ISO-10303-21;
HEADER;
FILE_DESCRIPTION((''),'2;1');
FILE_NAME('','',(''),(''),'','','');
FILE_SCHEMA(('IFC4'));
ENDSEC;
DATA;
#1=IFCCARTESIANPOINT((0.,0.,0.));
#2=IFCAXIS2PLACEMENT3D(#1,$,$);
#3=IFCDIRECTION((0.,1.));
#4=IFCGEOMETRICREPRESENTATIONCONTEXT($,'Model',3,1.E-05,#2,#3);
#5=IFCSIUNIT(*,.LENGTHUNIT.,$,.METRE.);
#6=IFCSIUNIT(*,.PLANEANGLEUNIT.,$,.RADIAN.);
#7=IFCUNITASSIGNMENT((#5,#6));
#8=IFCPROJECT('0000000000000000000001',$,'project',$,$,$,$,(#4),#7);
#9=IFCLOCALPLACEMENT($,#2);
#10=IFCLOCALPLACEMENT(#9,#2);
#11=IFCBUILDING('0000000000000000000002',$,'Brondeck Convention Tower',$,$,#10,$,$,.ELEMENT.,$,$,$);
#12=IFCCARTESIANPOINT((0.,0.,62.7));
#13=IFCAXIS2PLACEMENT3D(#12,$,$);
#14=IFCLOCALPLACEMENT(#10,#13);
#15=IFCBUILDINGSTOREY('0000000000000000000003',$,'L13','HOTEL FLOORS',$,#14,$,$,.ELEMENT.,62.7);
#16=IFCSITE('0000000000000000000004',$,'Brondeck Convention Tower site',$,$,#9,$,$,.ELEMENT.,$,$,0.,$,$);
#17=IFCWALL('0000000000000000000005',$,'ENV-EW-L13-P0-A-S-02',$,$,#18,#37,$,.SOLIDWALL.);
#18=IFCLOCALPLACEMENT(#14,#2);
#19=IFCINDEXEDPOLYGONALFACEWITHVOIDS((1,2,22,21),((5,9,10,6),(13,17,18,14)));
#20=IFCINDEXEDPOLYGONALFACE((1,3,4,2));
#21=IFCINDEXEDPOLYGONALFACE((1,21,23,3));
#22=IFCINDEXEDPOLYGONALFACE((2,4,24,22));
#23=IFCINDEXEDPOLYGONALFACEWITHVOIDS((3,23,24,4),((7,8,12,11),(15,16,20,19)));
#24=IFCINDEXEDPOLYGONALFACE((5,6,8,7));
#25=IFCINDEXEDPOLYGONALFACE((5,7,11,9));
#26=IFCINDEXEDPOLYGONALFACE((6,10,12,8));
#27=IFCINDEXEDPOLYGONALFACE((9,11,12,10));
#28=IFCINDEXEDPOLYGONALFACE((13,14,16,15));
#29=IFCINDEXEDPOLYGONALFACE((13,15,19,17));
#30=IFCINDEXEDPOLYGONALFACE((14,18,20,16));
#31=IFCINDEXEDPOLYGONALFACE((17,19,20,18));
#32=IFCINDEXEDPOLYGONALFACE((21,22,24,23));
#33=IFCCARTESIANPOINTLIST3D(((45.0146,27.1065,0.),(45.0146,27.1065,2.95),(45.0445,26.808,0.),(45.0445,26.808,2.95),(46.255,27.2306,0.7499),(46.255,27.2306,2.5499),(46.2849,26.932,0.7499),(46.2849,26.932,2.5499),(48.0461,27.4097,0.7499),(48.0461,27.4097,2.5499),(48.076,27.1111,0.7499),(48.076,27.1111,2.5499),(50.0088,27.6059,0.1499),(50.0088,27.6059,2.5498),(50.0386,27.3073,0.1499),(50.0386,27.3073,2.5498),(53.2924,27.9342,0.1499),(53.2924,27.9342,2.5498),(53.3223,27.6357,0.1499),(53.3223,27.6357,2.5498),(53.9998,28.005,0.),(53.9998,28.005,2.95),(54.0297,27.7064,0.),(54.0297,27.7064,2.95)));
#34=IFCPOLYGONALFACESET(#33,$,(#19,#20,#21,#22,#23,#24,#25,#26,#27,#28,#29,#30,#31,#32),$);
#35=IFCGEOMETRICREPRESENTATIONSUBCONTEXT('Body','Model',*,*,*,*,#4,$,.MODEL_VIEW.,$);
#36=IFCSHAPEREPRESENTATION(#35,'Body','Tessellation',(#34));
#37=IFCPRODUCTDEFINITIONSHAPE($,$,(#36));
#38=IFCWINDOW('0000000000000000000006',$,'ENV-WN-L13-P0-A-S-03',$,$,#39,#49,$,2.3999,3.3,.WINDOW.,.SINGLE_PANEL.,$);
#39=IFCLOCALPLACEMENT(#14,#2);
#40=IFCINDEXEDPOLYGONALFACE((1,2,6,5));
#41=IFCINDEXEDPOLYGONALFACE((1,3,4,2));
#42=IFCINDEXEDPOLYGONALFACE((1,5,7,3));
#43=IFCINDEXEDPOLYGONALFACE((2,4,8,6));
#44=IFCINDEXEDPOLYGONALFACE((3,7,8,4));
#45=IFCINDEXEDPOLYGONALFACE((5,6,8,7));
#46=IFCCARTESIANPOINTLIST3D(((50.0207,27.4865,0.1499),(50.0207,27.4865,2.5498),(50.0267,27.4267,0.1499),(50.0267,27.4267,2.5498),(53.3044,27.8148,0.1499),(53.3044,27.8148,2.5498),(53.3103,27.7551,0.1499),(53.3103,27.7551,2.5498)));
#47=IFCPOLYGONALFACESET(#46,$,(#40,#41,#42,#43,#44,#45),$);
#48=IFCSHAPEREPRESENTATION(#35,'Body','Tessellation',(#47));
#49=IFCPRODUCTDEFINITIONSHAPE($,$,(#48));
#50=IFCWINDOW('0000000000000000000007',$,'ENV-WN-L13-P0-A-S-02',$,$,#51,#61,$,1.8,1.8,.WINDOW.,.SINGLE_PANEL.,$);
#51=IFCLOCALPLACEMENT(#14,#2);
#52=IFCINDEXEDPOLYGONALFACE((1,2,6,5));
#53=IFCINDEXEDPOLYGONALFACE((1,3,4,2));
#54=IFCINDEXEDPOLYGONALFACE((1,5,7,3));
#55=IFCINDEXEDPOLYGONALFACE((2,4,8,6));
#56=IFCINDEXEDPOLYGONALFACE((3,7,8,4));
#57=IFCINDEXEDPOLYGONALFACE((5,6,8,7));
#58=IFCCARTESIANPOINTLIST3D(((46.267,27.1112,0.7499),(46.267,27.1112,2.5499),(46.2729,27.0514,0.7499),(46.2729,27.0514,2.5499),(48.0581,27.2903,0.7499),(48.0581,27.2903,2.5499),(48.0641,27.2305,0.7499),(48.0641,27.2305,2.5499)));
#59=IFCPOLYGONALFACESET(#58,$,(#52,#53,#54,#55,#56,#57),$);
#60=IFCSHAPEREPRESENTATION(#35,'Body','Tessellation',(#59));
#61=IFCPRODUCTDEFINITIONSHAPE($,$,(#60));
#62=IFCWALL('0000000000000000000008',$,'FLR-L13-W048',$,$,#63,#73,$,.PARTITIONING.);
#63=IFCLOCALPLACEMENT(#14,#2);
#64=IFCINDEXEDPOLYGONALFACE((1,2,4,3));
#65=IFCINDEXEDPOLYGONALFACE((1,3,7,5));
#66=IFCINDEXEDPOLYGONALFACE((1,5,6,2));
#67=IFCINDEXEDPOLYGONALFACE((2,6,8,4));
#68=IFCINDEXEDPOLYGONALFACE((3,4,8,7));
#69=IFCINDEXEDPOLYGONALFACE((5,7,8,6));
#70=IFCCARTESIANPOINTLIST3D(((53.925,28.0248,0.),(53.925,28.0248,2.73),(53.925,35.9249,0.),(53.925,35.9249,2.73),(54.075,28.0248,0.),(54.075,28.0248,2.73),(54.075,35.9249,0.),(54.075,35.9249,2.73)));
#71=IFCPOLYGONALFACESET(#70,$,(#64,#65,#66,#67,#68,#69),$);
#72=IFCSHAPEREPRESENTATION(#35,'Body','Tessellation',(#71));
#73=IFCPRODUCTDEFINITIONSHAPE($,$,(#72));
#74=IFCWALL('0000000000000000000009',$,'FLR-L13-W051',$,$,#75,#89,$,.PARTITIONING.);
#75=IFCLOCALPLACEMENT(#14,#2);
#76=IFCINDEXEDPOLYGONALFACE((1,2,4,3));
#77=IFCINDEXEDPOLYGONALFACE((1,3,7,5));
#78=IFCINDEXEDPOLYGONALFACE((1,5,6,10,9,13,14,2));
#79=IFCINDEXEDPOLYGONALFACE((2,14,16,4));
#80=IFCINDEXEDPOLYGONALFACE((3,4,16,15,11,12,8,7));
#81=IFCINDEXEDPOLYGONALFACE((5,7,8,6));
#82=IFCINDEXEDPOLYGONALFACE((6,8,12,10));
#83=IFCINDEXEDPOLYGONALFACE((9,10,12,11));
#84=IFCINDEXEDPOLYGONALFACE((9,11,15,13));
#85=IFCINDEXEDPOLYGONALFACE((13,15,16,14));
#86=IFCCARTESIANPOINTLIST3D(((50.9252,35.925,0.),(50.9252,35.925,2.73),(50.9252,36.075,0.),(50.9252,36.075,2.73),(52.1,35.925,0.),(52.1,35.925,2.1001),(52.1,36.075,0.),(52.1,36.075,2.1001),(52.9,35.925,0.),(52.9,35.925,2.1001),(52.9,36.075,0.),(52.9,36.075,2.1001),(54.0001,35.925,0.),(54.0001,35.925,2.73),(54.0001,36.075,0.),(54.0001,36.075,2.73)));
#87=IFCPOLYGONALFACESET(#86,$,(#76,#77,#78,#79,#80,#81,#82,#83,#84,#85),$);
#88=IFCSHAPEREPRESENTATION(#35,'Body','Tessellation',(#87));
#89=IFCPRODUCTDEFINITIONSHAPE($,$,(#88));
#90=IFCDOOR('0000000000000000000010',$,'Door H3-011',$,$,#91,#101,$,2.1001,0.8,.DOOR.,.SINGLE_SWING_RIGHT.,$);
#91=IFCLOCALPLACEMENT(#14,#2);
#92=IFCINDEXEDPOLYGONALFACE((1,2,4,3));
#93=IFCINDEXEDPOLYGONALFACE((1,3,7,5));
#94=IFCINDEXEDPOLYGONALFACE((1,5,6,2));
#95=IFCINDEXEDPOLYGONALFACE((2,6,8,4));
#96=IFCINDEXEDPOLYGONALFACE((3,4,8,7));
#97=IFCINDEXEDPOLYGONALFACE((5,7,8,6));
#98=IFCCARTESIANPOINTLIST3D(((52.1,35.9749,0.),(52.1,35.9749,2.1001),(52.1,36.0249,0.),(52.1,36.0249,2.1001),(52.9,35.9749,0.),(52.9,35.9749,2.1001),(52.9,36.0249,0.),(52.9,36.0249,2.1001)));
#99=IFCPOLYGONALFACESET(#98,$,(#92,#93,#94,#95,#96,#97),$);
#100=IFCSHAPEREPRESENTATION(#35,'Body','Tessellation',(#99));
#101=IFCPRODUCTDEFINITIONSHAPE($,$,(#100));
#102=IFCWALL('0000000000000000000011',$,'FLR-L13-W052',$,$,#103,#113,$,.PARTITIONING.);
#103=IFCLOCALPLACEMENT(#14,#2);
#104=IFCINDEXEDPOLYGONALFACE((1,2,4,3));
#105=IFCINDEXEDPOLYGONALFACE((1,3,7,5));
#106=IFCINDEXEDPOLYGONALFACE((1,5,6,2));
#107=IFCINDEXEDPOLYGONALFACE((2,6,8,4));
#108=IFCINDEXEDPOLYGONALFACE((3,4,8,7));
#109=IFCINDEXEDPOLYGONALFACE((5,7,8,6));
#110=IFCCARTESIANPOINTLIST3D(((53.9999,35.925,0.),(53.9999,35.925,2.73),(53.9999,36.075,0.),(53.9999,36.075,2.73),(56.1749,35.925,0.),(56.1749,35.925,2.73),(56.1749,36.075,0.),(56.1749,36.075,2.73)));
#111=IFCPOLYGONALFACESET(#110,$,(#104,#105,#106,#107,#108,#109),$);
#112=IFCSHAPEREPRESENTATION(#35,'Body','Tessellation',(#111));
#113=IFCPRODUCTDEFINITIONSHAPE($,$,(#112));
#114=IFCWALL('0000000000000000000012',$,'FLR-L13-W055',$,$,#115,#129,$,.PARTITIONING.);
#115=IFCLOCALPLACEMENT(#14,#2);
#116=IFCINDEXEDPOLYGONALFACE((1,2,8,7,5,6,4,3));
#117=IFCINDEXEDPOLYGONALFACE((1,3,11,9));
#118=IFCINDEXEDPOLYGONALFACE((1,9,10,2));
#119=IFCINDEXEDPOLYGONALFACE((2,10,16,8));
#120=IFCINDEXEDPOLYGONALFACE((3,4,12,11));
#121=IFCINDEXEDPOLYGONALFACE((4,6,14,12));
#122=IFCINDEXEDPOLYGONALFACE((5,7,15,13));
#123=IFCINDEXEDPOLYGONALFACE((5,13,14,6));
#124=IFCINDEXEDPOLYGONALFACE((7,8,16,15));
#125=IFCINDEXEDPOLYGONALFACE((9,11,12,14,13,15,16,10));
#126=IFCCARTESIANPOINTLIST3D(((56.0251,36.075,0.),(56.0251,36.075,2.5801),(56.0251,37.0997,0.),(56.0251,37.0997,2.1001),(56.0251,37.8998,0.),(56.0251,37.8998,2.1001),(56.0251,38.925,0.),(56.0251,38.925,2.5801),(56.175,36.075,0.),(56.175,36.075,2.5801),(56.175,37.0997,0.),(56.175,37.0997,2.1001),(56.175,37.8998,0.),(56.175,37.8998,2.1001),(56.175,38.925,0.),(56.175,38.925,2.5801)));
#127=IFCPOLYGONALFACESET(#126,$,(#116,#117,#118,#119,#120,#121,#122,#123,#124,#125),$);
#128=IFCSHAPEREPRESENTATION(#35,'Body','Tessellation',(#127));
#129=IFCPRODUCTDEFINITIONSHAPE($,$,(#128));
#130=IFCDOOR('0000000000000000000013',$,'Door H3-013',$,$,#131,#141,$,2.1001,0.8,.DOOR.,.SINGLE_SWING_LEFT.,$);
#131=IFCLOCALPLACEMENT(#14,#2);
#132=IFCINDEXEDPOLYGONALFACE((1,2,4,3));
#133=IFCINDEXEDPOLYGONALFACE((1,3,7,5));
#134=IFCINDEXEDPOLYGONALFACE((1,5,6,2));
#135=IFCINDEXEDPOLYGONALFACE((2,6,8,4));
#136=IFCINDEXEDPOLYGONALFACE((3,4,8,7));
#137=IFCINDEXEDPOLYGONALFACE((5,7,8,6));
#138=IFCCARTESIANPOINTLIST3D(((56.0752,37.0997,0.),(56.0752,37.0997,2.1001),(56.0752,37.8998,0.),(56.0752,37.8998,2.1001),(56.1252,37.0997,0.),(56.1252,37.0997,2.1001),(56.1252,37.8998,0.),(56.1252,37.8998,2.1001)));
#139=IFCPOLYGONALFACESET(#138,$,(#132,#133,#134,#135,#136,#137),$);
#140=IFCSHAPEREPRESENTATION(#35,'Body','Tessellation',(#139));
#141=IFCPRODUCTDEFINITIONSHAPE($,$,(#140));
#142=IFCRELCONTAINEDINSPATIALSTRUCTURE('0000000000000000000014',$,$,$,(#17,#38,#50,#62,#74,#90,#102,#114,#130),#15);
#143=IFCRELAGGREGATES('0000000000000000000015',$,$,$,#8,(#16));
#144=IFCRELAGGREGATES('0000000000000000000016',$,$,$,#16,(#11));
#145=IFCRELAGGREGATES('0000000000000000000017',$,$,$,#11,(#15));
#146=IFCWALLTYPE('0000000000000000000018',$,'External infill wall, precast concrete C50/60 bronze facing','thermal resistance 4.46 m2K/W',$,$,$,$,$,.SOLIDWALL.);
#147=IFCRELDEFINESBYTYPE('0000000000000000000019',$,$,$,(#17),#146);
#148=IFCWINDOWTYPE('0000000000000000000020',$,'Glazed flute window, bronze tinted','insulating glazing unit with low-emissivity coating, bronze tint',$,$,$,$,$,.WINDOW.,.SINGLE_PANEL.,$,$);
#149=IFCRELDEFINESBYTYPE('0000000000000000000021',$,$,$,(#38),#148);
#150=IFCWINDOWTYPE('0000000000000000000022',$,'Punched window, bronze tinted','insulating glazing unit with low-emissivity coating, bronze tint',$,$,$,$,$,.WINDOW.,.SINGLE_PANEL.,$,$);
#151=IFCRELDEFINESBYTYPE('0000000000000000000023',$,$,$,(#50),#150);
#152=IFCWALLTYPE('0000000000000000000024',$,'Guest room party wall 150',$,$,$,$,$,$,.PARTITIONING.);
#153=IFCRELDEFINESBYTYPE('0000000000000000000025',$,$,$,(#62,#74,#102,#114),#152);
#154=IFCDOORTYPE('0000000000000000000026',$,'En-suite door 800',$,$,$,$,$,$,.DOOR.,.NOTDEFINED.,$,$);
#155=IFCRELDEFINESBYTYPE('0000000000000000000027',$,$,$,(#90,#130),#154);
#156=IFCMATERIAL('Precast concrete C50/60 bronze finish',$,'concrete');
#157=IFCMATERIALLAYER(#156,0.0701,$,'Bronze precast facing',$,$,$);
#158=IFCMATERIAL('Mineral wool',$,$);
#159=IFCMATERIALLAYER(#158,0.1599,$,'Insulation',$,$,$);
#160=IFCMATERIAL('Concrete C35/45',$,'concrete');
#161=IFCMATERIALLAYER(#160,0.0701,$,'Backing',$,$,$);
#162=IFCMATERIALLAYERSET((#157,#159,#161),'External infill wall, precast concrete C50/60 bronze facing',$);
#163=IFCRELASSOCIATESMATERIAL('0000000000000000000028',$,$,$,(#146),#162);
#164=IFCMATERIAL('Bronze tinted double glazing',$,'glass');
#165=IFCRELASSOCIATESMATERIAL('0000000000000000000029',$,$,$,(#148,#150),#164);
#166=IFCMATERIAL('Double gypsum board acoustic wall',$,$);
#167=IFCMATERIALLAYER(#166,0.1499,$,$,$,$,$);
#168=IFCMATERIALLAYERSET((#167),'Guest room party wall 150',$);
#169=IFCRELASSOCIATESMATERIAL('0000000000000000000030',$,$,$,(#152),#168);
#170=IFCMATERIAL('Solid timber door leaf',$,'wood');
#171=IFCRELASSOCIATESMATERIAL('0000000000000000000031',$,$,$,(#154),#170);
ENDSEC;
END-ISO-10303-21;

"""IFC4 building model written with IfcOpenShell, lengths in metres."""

from ifc_helpers import new_model, si_unit, direction, frame, frame_2d, origin, place, context, subcontext, project, spatial, rectangle, extrude, material, layer, layer_set, type_object, element, fill, save


model = new_model("IFC4")

# Units and contexts
model_context = context("Model", 3, precision=1e-05, world=origin(), true_north=direction((0.0, 1.0)))
body_context = subcontext(model_context, "Body", "Model", "MODEL_VIEW")
ifc_project = project(units=[si_unit("LENGTHUNIT", "METRE"), si_unit("PLANEANGLEUNIT", "RADIAN")], contexts=[model_context])

# Site, building, storey
site_placement = place(None, origin())
site = spatial("IfcSite", under=ifc_project, at=site_placement, Name="Brondeck Convention Tower site", CompositionType="ELEMENT", RefElevation=0.0)
building_placement = place(site_placement, origin())
building = spatial("IfcBuilding", under=site, at=building_placement, Name="Brondeck Convention Tower", CompositionType="ELEMENT")
storey_placement = place(building_placement, frame((0.0, 0.0, 62.7)))
storey = spatial("IfcBuildingStorey", under=building, at=storey_placement, Name="L13", Description="HOTEL FLOORS", CompositionType="ELEMENT", Elevation=62.7)

# Wall, openings, windows
ifc_material_1 = material(Name="Precast concrete C50/60 bronze finish", Category="concrete")
ifc_layer_1 = layer(ifc_material_1, 0.0701, Name="Bronze precast facing")
ifc_material_2 = material(Name="Mineral wool")
ifc_layer_2 = layer(ifc_material_2, 0.1599, Name="Insulation")
ifc_material_3 = material(Name="Concrete C35/45", Category="concrete")
ifc_layer_3 = layer(ifc_material_3, 0.0701, Name="Backing")
ifc_layer_set_1 = layer_set([ifc_layer_1, ifc_layer_2, ifc_layer_3], Name="External infill wall, precast concrete C50/60 bronze facing")
wall_type_1 = type_object("IfcWallType", Name="External infill wall, precast concrete C50/60 bronze facing", Description="thermal resistance 4.46 m2K/W", PredefinedType="SOLIDWALL", material=ifc_layer_set_1)
ifc_material_4 = material(Name="Bronze tinted double glazing", Category="glass")
window_type_1 = type_object("IfcWindowType", Name="Glazed flute window, bronze tinted", Description="insulating glazing unit with low-emissivity coating, bronze tint", PartitioningType="SINGLE_PANEL", PredefinedType="WINDOW", material=ifc_material_4)
window_type_2 = type_object("IfcWindowType", Name="Punched window, bronze tinted", Description="insulating glazing unit with low-emissivity coating, bronze tint", PartitioningType="SINGLE_PANEL", PredefinedType="WINDOW", material=ifc_material_4)
wall_1_placement = place(storey_placement, frame((54.0149, 27.8557, 0.0), z_axis=(0.0, 0.0, 1.0), x_axis=(-0.995038, -0.099496, 0.0)))
wall_1 = element("IfcWall", 1, at=wall_1_placement, inside=storey, type_object=wall_type_1, Name="ENV-EW-L13-P0-A-S-02", PredefinedType="SOLIDWALL", context=body_context, shape_type="SweptSolid", body=[
    extrude(rectangle(XDim=9.03, YDim=0.3, at=frame_2d((4.5151, 0.0))), origin(), (0.0, 0.0, 1.0), 2.95),
])
opening_1_placement = place(wall_1_placement, frame((0.7112, 0.0, 0.1499)))
opening_1 = element("IfcOpeningElement", 2, at=opening_1_placement, cuts=wall_1, PredefinedType="OPENING", context=body_context, shape_type="SweptSolid", body=[
    extrude(rectangle(XDim=3.3, YDim=2.3999, at=frame_2d((1.6499, 1.2))), frame((0.0, 0.1599, 0.0), z_axis=(0.0, -1.0, 0.0), x_axis=(1.0, 0.0, 0.0)), (0.0, 0.0, 1.0), 0.3201),
])
opening_2_placement = place(wall_1_placement, frame((5.9836, 0.0, 0.75)))
opening_2 = element("IfcOpeningElement", 3, at=opening_2_placement, cuts=wall_1, PredefinedType="OPENING", context=body_context, shape_type="SweptSolid", body=[
    extrude(rectangle(XDim=1.8, YDim=1.8, at=frame_2d((0.8999, 0.8999))), frame((0.0, 0.1599, 0.0), z_axis=(0.0, -1.0, 0.0), x_axis=(1.0, 0.0, 0.0)), (0.0, 0.0, 1.0), 0.3201),
])
window_1_placement = place(opening_1_placement, origin())
window_1 = element("IfcWindow", 4, at=window_1_placement, inside=storey, type_object=window_type_1, Name="ENV-WN-L13-P0-A-S-03", OverallHeight=2.3999, OverallWidth=3.3, PartitioningType="SINGLE_PANEL", PredefinedType="WINDOW", context=body_context, shape_type="SweptSolid", body=[
    extrude(rectangle(XDim=3.3, YDim=2.3999, at=frame_2d((1.6499, 1.2))), frame((0.0, 0.03, 0.0), z_axis=(0.0, -1.0, 0.0), x_axis=(1.0, 0.0, 0.0)), (0.0, 0.0, 1.0), 0.0601),
])
fill(opening_1, window_1)
window_2_placement = place(opening_2_placement, origin())
window_2 = element("IfcWindow", 5, at=window_2_placement, inside=storey, type_object=window_type_2, Name="ENV-WN-L13-P0-A-S-02", OverallHeight=1.8, OverallWidth=1.8, PartitioningType="SINGLE_PANEL", PredefinedType="WINDOW", context=body_context, shape_type="SweptSolid", body=[
    extrude(rectangle(XDim=1.8, YDim=1.8, at=frame_2d((0.8999, 0.8999))), frame((0.0, 0.03, 0.0), z_axis=(0.0, -1.0, 0.0), x_axis=(1.0, 0.0, 0.0)), (0.0, 0.0, 1.0), 0.0601),
])
fill(opening_2, window_2)

# Wall
ifc_material_5 = material(Name="Double gypsum board acoustic wall")
ifc_layer_4 = layer(ifc_material_5, 0.1499)
ifc_layer_set_2 = layer_set([ifc_layer_4], Name="Guest room party wall 150")
wall_type_2 = type_object("IfcWallType", Name="Guest room party wall 150", PredefinedType="PARTITIONING", material=ifc_layer_set_2)
wall_2_placement = place(storey_placement, frame((54.0, 35.925, 0.0), z_axis=(0.0, 0.0, 1.0), x_axis=(0.0, -1.0, 0.0)))
element("IfcWall", 6, at=wall_2_placement, inside=storey, type_object=wall_type_2, Name="FLR-L13-W048", PredefinedType="PARTITIONING", context=body_context, shape_type="SweptSolid", body=[
    extrude(rectangle(XDim=7.9001, YDim=0.1499, at=frame_2d((3.9502, 0.0))), origin(), (0.0, 0.0, 1.0), 2.73),
])

# Wall, opening, door
wall_3_placement = place(storey_placement, frame((50.925, 36.0, 0.0), z_axis=(0.0, 0.0, 1.0), x_axis=(1.0, 0.0, 0.0)))
wall_3 = element("IfcWall", 7, at=wall_3_placement, inside=storey, type_object=wall_type_2, Name="FLR-L13-W051", PredefinedType="PARTITIONING", context=body_context, shape_type="SweptSolid", body=[
    extrude(rectangle(XDim=3.075, YDim=0.1499, at=frame_2d((1.5376, 0.0))), origin(), (0.0, 0.0, 1.0), 2.73),
])
opening_3_placement = place(wall_3_placement, frame((1.175, 0.0, 0.0)))
opening_3 = element("IfcOpeningElement", 8, at=opening_3_placement, cuts=wall_3, PredefinedType="OPENING", context=body_context, shape_type="SweptSolid", body=[
    extrude(rectangle(XDim=0.8, YDim=2.1001, at=frame_2d((0.3999, 1.05))), frame((0.0, 0.085, 0.0), z_axis=(0.0, -1.0, 0.0), x_axis=(1.0, 0.0, 0.0)), (0.0, 0.0, 1.0), 0.1699),
])
ifc_material_6 = material(Name="Solid timber door leaf", Category="wood")
door_type = type_object("IfcDoorType", Name="En-suite door 800", OperationType="NOTDEFINED", PredefinedType="DOOR", material=ifc_material_6)
door_1_placement = place(opening_3_placement, origin())
door_1 = element("IfcDoor", 9, at=door_1_placement, inside=storey, type_object=door_type, Name="Door H3-011", OperationType="SINGLE_SWING_RIGHT", OverallHeight=2.1001, OverallWidth=0.8, PredefinedType="DOOR", context=body_context, shape_type="SweptSolid", body=[
    extrude(rectangle(XDim=0.8, YDim=2.1001, at=frame_2d((0.3999, 1.05))), frame((0.0, 0.0249, 0.0), z_axis=(0.0, -1.0, 0.0), x_axis=(1.0, 0.0, 0.0)), (0.0, 0.0, 1.0), 0.05),
])
fill(opening_3, door_1)

# Wall
wall_4_placement = place(storey_placement, frame((54.0, 36.0, 0.0), z_axis=(0.0, 0.0, 1.0), x_axis=(1.0, 0.0, 0.0)))
element("IfcWall", 10, at=wall_4_placement, inside=storey, type_object=wall_type_2, Name="FLR-L13-W052", PredefinedType="PARTITIONING", context=body_context, shape_type="SweptSolid", body=[
    extrude(rectangle(XDim=2.175, YDim=0.1499, at=frame_2d((1.0874, 0.0))), origin(), (0.0, 0.0, 1.0), 2.73),
])

# Wall, opening, door
wall_5_placement = place(storey_placement, frame((56.1001, 36.075, 0.0), z_axis=(0.0, 0.0, 1.0), x_axis=(0.0, 1.0, 0.0)))
wall_5 = element("IfcWall", 11, at=wall_5_placement, inside=storey, type_object=wall_type_2, Name="FLR-L13-W055", PredefinedType="PARTITIONING", context=body_context, shape_type="SweptSolid", body=[
    extrude(rectangle(XDim=2.8501, YDim=0.1499, at=frame_2d((1.425, 0.0))), origin(), (0.0, 0.0, 1.0), 2.5801),
])
opening_4_placement = place(wall_5_placement, frame((1.0249, 0.0, 0.0)))
opening_4 = element("IfcOpeningElement", 12, at=opening_4_placement, cuts=wall_5, PredefinedType="OPENING", context=body_context, shape_type="SweptSolid", body=[
    extrude(rectangle(XDim=0.8, YDim=2.1001, at=frame_2d((0.3999, 1.05))), frame((0.0, 0.085, 0.0), z_axis=(0.0, -1.0, 0.0), x_axis=(1.0, 0.0, 0.0)), (0.0, 0.0, 1.0), 0.1699),
])
door_2_placement = place(opening_4_placement, origin())
door_2 = element("IfcDoor", 13, at=door_2_placement, inside=storey, type_object=door_type, Name="Door H3-013", OperationType="SINGLE_SWING_LEFT", OverallHeight=2.1001, OverallWidth=0.8, PredefinedType="DOOR", context=body_context, shape_type="SweptSolid", body=[
    extrude(rectangle(XDim=0.8, YDim=2.1001, at=frame_2d((0.3999, 1.05))), frame((0.0, 0.0249, 0.0), z_axis=(0.0, -1.0, 0.0), x_axis=(1.0, 0.0, 0.0)), (0.0, 0.0, 1.0), 0.05),
])
fill(opening_4, door_2)

save(model, "model.ifc")
